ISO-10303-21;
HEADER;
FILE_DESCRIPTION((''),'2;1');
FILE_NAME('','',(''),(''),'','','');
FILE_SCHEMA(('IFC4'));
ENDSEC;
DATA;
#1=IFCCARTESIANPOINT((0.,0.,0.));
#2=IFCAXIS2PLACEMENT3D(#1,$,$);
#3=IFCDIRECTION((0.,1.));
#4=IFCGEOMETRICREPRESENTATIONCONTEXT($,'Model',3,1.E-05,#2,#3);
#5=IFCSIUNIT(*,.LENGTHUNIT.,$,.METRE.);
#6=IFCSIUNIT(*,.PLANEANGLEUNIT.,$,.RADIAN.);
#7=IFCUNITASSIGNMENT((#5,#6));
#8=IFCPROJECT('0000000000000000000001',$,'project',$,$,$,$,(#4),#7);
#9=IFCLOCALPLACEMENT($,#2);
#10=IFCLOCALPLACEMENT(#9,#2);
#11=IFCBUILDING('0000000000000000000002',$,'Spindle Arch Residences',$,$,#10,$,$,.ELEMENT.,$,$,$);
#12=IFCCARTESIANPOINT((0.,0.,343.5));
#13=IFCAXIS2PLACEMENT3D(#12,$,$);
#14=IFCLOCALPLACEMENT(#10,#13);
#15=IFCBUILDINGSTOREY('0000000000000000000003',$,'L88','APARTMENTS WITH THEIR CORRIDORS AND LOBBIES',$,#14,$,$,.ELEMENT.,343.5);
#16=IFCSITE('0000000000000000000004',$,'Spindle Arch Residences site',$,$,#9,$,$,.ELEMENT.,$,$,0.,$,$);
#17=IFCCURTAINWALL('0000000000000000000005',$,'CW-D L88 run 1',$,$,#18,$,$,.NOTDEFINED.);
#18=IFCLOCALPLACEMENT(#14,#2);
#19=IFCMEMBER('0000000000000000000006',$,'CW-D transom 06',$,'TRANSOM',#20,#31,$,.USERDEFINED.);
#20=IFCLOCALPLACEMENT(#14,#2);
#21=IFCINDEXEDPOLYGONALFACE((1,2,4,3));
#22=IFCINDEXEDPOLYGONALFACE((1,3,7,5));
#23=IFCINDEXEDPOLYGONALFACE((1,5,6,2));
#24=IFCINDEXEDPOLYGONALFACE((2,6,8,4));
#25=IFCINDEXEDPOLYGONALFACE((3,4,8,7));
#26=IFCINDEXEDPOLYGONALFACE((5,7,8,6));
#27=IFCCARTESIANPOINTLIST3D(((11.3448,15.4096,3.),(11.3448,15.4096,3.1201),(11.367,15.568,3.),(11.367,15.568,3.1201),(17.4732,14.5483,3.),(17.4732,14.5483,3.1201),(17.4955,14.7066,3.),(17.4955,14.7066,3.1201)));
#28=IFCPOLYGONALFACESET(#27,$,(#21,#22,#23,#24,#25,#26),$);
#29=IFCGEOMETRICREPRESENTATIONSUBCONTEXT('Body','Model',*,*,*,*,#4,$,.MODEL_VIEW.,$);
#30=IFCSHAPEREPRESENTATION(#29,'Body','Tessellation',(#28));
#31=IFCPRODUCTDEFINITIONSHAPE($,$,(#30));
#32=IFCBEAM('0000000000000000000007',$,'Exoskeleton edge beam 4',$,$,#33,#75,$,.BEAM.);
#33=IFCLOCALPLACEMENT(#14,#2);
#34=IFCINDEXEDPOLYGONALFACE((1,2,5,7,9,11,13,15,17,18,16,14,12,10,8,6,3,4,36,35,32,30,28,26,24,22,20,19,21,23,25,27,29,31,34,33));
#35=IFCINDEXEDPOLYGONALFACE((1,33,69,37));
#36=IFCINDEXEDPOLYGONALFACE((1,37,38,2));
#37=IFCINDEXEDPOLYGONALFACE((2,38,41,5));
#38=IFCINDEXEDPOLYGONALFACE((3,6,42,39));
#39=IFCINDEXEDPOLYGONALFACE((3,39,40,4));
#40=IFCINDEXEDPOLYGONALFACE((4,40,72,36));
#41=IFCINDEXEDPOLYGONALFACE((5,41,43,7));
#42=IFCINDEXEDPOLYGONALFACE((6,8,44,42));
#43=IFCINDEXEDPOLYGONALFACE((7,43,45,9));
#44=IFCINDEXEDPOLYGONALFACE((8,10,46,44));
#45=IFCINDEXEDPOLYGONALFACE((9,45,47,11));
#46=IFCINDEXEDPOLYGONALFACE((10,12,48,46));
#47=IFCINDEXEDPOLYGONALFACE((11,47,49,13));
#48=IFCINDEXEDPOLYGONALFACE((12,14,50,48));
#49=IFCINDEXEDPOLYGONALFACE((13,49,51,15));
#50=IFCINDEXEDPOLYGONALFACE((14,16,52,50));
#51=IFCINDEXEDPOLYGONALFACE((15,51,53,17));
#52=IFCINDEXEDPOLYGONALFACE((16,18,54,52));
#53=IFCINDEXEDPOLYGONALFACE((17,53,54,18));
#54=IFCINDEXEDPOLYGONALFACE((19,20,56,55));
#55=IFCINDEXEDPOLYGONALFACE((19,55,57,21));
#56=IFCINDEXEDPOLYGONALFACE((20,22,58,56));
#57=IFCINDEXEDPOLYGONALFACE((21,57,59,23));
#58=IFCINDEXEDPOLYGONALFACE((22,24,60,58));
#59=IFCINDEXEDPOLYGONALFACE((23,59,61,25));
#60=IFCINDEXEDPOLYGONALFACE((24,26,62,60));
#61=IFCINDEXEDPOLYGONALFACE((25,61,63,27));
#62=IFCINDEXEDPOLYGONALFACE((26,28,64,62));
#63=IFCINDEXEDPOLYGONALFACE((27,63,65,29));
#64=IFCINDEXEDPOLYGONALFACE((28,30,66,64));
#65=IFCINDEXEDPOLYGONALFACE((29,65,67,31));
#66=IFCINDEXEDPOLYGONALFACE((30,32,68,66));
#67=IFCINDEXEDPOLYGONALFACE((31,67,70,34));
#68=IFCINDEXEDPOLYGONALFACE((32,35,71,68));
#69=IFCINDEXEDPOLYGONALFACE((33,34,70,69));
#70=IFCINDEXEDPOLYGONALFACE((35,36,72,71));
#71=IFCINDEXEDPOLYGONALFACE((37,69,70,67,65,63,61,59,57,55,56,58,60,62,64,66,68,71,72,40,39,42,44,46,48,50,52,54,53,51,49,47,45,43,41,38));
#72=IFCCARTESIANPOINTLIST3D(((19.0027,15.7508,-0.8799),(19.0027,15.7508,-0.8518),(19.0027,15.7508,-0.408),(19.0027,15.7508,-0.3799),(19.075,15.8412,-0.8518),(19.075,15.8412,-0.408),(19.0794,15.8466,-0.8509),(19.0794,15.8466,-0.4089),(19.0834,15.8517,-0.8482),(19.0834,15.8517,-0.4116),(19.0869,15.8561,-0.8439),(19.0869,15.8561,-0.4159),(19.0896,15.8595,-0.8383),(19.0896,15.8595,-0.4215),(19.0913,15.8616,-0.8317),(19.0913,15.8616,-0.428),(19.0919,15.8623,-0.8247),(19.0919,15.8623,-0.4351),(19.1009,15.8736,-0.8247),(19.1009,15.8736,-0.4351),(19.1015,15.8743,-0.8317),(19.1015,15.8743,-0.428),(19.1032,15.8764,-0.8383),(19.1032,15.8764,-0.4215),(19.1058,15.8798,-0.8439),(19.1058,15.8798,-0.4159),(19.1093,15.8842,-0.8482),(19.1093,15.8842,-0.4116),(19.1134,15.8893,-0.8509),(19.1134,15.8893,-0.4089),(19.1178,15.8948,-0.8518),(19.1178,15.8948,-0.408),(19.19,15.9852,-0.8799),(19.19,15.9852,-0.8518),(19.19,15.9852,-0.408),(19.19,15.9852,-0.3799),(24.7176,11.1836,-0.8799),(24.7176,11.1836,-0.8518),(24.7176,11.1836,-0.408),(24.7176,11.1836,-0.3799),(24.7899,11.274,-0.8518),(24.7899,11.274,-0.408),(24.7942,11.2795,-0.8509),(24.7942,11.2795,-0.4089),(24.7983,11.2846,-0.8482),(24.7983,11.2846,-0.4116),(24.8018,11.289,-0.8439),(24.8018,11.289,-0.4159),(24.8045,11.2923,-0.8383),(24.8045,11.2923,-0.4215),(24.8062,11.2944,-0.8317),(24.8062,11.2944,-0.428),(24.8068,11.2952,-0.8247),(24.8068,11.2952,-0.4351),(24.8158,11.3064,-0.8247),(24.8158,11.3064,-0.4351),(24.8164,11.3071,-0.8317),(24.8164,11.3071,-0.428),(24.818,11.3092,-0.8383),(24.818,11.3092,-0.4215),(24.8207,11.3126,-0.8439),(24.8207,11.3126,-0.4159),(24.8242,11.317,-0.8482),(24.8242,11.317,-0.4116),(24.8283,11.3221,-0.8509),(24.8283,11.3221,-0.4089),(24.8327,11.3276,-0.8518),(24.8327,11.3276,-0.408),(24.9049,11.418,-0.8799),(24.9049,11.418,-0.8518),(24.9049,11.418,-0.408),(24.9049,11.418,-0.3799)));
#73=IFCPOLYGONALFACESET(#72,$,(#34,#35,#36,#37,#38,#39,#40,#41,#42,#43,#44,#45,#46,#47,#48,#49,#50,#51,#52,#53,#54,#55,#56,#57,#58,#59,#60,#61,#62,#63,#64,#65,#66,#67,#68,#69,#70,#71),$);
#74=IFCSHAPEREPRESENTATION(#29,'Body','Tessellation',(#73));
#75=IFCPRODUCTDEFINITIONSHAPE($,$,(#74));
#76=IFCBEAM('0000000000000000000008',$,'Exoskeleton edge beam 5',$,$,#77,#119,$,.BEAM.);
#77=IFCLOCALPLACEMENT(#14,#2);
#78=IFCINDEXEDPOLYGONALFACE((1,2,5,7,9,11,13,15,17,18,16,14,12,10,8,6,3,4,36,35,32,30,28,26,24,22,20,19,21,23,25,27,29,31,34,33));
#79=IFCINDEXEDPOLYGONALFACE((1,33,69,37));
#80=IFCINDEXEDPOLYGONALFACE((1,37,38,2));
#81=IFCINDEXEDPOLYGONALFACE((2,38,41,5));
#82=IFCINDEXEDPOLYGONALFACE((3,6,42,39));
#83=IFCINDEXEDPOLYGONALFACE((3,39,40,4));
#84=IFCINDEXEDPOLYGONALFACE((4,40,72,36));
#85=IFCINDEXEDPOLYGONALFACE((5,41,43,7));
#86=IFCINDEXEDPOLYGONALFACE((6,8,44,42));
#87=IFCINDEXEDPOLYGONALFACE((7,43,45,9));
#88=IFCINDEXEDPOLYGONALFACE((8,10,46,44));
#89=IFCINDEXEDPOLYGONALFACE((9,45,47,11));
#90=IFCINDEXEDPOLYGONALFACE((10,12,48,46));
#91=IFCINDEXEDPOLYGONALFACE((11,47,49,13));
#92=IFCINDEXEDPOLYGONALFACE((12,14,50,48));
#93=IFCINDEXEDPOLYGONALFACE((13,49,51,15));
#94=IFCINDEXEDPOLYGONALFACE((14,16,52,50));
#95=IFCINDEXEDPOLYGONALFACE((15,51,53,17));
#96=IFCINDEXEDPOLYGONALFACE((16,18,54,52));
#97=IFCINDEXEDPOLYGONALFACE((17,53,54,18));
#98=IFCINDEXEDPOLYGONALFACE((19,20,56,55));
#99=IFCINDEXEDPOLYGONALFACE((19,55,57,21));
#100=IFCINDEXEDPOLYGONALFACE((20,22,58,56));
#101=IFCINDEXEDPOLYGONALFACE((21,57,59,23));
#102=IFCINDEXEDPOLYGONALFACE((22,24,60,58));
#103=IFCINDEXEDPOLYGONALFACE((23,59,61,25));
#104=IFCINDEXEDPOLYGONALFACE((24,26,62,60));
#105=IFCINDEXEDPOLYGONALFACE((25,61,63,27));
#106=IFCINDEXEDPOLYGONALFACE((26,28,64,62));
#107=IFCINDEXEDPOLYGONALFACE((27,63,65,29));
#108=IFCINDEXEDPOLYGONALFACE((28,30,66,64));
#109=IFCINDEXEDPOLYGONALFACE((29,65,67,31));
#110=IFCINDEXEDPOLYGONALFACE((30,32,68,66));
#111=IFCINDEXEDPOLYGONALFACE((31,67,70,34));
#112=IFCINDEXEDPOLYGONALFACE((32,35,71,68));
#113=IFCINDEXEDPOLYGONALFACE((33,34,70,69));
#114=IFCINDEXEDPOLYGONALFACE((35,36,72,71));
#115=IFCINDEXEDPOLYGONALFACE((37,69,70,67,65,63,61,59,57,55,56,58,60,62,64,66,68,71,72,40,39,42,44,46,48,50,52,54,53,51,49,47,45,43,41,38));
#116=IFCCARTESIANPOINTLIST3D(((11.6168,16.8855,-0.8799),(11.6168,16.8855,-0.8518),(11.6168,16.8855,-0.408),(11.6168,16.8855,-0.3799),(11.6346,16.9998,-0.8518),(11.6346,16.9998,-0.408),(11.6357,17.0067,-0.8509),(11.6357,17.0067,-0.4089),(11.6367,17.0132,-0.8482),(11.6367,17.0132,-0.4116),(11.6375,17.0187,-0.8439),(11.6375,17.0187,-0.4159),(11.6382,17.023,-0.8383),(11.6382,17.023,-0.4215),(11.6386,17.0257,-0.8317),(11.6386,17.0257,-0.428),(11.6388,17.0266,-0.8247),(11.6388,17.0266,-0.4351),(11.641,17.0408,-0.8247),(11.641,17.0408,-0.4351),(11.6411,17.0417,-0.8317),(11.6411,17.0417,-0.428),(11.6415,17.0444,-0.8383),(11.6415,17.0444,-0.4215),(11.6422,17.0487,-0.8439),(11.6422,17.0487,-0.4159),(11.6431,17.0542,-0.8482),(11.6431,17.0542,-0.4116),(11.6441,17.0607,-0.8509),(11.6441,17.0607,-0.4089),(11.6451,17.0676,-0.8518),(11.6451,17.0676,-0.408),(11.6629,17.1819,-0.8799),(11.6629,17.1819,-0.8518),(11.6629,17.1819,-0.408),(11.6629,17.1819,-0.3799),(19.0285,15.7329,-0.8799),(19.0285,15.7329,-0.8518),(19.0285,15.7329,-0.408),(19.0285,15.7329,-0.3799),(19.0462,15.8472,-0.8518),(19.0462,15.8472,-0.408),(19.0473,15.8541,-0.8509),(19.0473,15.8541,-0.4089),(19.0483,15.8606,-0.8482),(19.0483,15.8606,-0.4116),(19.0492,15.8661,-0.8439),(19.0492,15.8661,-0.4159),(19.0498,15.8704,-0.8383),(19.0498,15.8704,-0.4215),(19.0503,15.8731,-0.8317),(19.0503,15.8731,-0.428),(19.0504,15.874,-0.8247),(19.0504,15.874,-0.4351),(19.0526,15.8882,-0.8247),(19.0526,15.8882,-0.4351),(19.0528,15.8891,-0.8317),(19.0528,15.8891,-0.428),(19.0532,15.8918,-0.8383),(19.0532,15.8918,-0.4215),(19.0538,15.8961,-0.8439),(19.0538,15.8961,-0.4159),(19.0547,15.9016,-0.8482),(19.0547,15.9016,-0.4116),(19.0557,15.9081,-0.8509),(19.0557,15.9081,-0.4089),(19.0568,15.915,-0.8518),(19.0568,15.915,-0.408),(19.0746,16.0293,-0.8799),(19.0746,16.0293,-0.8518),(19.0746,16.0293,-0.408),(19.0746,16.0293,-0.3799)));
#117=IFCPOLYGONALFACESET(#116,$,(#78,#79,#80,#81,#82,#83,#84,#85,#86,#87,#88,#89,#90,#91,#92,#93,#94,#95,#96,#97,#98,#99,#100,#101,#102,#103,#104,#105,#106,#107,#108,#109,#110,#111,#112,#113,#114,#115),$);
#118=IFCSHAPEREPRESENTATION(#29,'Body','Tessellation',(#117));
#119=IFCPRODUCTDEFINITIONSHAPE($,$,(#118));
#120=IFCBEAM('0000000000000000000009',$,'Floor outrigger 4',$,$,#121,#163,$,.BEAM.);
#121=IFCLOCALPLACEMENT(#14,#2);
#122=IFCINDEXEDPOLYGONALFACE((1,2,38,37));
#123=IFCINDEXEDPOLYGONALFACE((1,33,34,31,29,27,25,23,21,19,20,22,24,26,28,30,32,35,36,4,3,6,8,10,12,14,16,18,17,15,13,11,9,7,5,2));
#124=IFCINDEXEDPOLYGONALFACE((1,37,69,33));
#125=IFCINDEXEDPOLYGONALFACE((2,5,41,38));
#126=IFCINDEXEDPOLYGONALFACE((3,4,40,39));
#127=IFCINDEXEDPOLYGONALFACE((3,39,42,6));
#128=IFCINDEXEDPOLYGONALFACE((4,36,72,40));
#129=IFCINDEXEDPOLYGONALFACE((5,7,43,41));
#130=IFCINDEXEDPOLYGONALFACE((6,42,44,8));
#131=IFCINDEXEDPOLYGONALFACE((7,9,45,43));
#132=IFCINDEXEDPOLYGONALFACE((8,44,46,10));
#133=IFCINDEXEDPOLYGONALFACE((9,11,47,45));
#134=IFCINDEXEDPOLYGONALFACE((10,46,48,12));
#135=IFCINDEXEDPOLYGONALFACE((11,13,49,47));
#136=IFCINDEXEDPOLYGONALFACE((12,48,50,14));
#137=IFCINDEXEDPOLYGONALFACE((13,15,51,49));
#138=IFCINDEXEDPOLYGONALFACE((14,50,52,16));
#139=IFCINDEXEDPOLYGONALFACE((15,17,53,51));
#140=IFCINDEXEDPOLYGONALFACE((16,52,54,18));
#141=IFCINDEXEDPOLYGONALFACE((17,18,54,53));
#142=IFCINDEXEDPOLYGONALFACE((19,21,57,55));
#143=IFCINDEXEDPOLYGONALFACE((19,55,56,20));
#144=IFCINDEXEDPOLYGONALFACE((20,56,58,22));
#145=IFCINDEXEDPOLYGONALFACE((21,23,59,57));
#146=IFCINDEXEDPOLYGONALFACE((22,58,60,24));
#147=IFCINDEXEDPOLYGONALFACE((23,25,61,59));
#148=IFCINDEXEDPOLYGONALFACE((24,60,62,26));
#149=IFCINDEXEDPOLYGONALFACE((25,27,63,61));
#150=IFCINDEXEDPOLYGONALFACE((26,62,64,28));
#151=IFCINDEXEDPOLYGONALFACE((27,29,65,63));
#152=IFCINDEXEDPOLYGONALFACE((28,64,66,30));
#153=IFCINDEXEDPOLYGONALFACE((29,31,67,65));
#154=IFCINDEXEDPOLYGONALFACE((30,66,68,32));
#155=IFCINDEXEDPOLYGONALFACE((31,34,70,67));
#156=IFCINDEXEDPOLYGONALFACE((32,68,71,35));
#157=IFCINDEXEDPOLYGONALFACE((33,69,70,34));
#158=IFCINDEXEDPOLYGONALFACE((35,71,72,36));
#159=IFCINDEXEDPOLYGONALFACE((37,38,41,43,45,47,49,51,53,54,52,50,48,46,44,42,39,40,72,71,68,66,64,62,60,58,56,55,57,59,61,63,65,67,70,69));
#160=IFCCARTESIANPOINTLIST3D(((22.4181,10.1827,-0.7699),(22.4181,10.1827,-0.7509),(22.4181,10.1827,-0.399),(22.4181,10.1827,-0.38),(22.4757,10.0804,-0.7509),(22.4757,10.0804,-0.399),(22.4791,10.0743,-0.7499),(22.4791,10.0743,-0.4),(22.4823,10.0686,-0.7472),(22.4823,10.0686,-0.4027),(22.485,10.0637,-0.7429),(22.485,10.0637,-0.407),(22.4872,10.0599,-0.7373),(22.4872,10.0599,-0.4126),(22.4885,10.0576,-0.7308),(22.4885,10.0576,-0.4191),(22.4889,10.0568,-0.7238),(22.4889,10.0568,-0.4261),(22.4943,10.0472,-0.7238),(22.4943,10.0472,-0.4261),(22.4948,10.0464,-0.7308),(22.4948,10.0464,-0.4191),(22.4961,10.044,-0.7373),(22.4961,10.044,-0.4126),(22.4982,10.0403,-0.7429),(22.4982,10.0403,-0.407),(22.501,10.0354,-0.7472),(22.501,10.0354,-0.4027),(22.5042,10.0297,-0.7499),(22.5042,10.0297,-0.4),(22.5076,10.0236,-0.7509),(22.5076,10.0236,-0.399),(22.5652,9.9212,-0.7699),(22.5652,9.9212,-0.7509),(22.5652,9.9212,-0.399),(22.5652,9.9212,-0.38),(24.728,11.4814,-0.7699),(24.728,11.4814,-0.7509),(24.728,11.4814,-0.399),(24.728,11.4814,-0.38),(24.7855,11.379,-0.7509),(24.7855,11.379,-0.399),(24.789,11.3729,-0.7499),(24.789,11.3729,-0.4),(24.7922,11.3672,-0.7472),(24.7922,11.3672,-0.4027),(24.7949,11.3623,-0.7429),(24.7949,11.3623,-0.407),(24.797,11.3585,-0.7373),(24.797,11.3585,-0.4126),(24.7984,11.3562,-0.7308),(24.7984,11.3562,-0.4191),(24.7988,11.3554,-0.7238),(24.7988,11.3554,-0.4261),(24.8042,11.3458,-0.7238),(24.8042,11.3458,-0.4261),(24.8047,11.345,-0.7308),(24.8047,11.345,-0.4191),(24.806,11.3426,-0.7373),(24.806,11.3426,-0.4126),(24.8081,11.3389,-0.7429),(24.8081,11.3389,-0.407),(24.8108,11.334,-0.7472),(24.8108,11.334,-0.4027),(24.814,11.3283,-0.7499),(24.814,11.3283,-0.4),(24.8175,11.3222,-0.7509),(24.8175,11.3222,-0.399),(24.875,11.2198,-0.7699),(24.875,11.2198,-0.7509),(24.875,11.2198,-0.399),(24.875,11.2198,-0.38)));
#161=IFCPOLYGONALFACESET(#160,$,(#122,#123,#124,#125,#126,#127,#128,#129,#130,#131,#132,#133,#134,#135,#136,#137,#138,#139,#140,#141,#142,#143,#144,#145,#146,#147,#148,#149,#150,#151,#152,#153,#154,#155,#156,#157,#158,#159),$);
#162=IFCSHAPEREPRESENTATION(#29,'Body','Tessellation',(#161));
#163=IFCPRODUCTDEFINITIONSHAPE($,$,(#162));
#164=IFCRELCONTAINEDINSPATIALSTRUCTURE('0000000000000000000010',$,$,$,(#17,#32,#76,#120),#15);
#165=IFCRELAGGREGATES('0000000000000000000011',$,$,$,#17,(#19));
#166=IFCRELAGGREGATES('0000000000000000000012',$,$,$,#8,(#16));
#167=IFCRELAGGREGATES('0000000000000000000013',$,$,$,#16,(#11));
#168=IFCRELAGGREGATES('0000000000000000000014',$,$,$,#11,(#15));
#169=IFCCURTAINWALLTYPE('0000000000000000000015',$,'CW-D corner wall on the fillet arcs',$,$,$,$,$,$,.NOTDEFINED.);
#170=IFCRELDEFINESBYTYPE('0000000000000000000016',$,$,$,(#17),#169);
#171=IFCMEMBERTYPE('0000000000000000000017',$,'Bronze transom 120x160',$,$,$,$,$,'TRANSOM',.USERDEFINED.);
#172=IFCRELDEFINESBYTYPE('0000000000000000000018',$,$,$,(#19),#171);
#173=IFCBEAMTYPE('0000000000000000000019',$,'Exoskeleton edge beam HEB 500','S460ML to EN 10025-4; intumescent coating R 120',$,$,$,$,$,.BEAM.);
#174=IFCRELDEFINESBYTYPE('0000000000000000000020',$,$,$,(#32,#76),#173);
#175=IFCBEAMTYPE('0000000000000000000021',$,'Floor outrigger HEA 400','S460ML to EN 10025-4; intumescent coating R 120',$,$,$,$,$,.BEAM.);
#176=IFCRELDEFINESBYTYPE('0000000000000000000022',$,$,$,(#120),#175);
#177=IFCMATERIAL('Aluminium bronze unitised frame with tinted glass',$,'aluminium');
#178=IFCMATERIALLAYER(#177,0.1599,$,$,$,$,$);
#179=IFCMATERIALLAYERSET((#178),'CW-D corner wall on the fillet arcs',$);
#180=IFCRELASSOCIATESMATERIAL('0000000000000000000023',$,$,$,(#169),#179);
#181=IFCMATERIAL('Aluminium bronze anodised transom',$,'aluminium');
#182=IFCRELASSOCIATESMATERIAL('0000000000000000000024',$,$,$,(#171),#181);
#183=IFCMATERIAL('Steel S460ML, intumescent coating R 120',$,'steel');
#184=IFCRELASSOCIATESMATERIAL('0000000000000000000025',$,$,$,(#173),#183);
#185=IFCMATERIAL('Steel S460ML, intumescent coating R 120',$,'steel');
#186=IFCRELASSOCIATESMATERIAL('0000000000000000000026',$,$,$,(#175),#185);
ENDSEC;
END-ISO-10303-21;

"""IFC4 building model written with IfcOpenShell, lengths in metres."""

from ifc_helpers import new_model, si_unit, direction, frame, origin, origin_2d, place, context, subcontext, project, spatial, rectangle, i_section, extrude, material, layer, layer_set, material_profile, profile_set, type_object, element, aggregate, save


model = new_model("IFC4")

# Units and contexts
model_context = context("Model", 3, precision=1e-05, world=origin(), true_north=direction((0.0, 1.0)))
body_context = subcontext(model_context, "Body", "Model", "MODEL_VIEW")
ifc_project = project(units=[si_unit("LENGTHUNIT", "METRE"), si_unit("PLANEANGLEUNIT", "RADIAN")], contexts=[model_context])

# Site, building, storey
site_placement = place(None, origin())
site = spatial("IfcSite", under=ifc_project, at=site_placement, Name="Spindle Arch Residences site", CompositionType="ELEMENT", RefElevation=0.0)
building_placement = place(site_placement, origin())
building = spatial("IfcBuilding", under=site, at=building_placement, Name="Spindle Arch Residences", CompositionType="ELEMENT")
storey_placement = place(building_placement, frame((0.0, 0.0, 343.5)))
storey = spatial("IfcBuildingStorey", under=building, at=storey_placement, Name="L88", Description="APARTMENTS WITH THEIR CORRIDORS AND LOBBIES", CompositionType="ELEMENT", Elevation=343.5)

# Curtain wall, member
ifc_material_1 = material(Name="Aluminium bronze unitised frame with tinted glass", Category="aluminium")
ifc_layer_1 = layer(ifc_material_1, 0.1599)
ifc_layer_set_1 = layer_set([ifc_layer_1], Name="CW-D corner wall on the fillet arcs")
curtain_wall_type = type_object("IfcCurtainWallType", Name="CW-D corner wall on the fillet arcs", PredefinedType="NOTDEFINED", material=ifc_layer_set_1)
curtain_wall_placement = place(storey_placement, origin())
curtain_wall = element("IfcCurtainWall", 1, at=curtain_wall_placement, inside=storey, type_object=curtain_wall_type, Name="CW-D L88 run 1", PredefinedType="NOTDEFINED")
ifc_material_2 = material(Name="Aluminium bronze anodised transom", Category="aluminium")
ifc_material_profile_1 = material_profile(ifc_material_2, rectangle(XDim=0.1599, YDim=0.1201, at=origin_2d()), Name="TR 120x160")
ifc_profile_set_1 = profile_set([ifc_material_profile_1], Name="Aluminium bronze anodised transom")
member_type_1 = type_object("IfcMemberType", Name="Bronze transom 120x160", ElementType="TRANSOM", PredefinedType="USERDEFINED", material=ifc_profile_set_1)
member_1_placement = place(storey_placement, frame((17.4844, 14.6274, 3.0601), z_axis=(-0.990267, 0.139179, 0.0), x_axis=(-0.139179, -0.990267, 0.0)))
member_1 = element("IfcMember", 2, at=member_1_placement, type_object=member_type_1, Name="CW-D transom 06", ObjectType="TRANSOM", PredefinedType="USERDEFINED", context=body_context, shape_type="SweptSolid", body=[
    extrude(rectangle(XDim=0.1599, YDim=0.1201, at=origin_2d()), origin(), (0.0, 0.0, 1.0), 6.1887),
])

# Beams
ifc_material_3 = material(Name="Steel S460ML, intumescent coating R 120", Category="steel")
ifc_material_profile_2 = material_profile(ifc_material_3, i_section(OverallWidth=0.3, OverallDepth=0.5, WebThickness=0.0144, FlangeThickness=0.0281, FilletRadius=0.0271, at=origin_2d()), Name="HEB 500")
ifc_profile_set_2 = profile_set([ifc_material_profile_2], Name="Steel S460ML, intumescent coating R 120")
beam_type_1 = type_object("IfcBeamType", Name="Exoskeleton edge beam HEB 500", Description="S460ML to EN 10025-4; intumescent coating R 120", PredefinedType="BEAM", material=ifc_profile_set_2)
beam_1_placement = place(storey_placement, frame((24.8113, 11.3008, -0.6299), z_axis=(-0.781185, 0.6243, 0.0), x_axis=(-0.6243, -0.781185, 0.0)))
element("IfcBeam", 3, at=beam_1_placement, inside=storey, type_object=beam_type_1, Name="Exoskeleton edge beam 4", PredefinedType="BEAM", context=body_context, shape_type="SweptSolid", body=[
    extrude(i_section(OverallWidth=0.3, OverallDepth=0.5, WebThickness=0.0144, FlangeThickness=0.0281, FilletRadius=0.0271, at=origin_2d()), origin(), (0.0, 0.0, 1.0), 7.3157),
])
beam_2_placement = place(storey_placement, frame((19.0515, 15.8811, -0.6299), z_axis=(-0.988123, 0.153664, 0.0), x_axis=(-0.153664, -0.988123, 0.0)))
element("IfcBeam", 4, at=beam_2_placement, inside=storey, type_object=beam_type_1, Name="Exoskeleton edge beam 5", PredefinedType="BEAM", context=body_context, shape_type="SweptSolid", body=[
    extrude(i_section(OverallWidth=0.3, OverallDepth=0.5, WebThickness=0.0144, FlangeThickness=0.0281, FilletRadius=0.0271, at=origin_2d()), origin(), (0.0, 0.0, 1.0), 7.5007),
])
ifc_material_4 = material(Name="Steel S460ML, intumescent coating R 120", Category="steel")
ifc_material_profile_3 = material_profile(ifc_material_4, i_section(OverallWidth=0.3, OverallDepth=0.3899, WebThickness=0.011, FlangeThickness=0.019, FilletRadius=0.0271, at=origin_2d()), Name="HEA 400")
ifc_profile_set_3 = profile_set([ifc_material_profile_3], Name="Steel S460ML, intumescent coating R 120")
beam_type_2 = type_object("IfcBeamType", Name="Floor outrigger HEA 400", Description="S460ML to EN 10025-4; intumescent coating R 120", PredefinedType="BEAM", material=ifc_profile_set_3)
beam_3_placement = place(storey_placement, frame((24.8015, 11.3506, -0.575), z_axis=(-0.871686, -0.490064, 0.0), x_axis=(0.490064, -0.871686, 0.0)))
element("IfcBeam", 5, at=beam_3_placement, inside=storey, type_object=beam_type_2, Name="Floor outrigger 4", PredefinedType="BEAM", context=body_context, shape_type="SweptSolid", body=[
    extrude(i_section(OverallWidth=0.3, OverallDepth=0.3899, WebThickness=0.011, FlangeThickness=0.019, FilletRadius=0.0271, at=origin_2d()), origin(), (0.0, 0.0, 1.0), 2.6499),
])

aggregate(curtain_wall, [member_1])

save(model, "model.ifc")
